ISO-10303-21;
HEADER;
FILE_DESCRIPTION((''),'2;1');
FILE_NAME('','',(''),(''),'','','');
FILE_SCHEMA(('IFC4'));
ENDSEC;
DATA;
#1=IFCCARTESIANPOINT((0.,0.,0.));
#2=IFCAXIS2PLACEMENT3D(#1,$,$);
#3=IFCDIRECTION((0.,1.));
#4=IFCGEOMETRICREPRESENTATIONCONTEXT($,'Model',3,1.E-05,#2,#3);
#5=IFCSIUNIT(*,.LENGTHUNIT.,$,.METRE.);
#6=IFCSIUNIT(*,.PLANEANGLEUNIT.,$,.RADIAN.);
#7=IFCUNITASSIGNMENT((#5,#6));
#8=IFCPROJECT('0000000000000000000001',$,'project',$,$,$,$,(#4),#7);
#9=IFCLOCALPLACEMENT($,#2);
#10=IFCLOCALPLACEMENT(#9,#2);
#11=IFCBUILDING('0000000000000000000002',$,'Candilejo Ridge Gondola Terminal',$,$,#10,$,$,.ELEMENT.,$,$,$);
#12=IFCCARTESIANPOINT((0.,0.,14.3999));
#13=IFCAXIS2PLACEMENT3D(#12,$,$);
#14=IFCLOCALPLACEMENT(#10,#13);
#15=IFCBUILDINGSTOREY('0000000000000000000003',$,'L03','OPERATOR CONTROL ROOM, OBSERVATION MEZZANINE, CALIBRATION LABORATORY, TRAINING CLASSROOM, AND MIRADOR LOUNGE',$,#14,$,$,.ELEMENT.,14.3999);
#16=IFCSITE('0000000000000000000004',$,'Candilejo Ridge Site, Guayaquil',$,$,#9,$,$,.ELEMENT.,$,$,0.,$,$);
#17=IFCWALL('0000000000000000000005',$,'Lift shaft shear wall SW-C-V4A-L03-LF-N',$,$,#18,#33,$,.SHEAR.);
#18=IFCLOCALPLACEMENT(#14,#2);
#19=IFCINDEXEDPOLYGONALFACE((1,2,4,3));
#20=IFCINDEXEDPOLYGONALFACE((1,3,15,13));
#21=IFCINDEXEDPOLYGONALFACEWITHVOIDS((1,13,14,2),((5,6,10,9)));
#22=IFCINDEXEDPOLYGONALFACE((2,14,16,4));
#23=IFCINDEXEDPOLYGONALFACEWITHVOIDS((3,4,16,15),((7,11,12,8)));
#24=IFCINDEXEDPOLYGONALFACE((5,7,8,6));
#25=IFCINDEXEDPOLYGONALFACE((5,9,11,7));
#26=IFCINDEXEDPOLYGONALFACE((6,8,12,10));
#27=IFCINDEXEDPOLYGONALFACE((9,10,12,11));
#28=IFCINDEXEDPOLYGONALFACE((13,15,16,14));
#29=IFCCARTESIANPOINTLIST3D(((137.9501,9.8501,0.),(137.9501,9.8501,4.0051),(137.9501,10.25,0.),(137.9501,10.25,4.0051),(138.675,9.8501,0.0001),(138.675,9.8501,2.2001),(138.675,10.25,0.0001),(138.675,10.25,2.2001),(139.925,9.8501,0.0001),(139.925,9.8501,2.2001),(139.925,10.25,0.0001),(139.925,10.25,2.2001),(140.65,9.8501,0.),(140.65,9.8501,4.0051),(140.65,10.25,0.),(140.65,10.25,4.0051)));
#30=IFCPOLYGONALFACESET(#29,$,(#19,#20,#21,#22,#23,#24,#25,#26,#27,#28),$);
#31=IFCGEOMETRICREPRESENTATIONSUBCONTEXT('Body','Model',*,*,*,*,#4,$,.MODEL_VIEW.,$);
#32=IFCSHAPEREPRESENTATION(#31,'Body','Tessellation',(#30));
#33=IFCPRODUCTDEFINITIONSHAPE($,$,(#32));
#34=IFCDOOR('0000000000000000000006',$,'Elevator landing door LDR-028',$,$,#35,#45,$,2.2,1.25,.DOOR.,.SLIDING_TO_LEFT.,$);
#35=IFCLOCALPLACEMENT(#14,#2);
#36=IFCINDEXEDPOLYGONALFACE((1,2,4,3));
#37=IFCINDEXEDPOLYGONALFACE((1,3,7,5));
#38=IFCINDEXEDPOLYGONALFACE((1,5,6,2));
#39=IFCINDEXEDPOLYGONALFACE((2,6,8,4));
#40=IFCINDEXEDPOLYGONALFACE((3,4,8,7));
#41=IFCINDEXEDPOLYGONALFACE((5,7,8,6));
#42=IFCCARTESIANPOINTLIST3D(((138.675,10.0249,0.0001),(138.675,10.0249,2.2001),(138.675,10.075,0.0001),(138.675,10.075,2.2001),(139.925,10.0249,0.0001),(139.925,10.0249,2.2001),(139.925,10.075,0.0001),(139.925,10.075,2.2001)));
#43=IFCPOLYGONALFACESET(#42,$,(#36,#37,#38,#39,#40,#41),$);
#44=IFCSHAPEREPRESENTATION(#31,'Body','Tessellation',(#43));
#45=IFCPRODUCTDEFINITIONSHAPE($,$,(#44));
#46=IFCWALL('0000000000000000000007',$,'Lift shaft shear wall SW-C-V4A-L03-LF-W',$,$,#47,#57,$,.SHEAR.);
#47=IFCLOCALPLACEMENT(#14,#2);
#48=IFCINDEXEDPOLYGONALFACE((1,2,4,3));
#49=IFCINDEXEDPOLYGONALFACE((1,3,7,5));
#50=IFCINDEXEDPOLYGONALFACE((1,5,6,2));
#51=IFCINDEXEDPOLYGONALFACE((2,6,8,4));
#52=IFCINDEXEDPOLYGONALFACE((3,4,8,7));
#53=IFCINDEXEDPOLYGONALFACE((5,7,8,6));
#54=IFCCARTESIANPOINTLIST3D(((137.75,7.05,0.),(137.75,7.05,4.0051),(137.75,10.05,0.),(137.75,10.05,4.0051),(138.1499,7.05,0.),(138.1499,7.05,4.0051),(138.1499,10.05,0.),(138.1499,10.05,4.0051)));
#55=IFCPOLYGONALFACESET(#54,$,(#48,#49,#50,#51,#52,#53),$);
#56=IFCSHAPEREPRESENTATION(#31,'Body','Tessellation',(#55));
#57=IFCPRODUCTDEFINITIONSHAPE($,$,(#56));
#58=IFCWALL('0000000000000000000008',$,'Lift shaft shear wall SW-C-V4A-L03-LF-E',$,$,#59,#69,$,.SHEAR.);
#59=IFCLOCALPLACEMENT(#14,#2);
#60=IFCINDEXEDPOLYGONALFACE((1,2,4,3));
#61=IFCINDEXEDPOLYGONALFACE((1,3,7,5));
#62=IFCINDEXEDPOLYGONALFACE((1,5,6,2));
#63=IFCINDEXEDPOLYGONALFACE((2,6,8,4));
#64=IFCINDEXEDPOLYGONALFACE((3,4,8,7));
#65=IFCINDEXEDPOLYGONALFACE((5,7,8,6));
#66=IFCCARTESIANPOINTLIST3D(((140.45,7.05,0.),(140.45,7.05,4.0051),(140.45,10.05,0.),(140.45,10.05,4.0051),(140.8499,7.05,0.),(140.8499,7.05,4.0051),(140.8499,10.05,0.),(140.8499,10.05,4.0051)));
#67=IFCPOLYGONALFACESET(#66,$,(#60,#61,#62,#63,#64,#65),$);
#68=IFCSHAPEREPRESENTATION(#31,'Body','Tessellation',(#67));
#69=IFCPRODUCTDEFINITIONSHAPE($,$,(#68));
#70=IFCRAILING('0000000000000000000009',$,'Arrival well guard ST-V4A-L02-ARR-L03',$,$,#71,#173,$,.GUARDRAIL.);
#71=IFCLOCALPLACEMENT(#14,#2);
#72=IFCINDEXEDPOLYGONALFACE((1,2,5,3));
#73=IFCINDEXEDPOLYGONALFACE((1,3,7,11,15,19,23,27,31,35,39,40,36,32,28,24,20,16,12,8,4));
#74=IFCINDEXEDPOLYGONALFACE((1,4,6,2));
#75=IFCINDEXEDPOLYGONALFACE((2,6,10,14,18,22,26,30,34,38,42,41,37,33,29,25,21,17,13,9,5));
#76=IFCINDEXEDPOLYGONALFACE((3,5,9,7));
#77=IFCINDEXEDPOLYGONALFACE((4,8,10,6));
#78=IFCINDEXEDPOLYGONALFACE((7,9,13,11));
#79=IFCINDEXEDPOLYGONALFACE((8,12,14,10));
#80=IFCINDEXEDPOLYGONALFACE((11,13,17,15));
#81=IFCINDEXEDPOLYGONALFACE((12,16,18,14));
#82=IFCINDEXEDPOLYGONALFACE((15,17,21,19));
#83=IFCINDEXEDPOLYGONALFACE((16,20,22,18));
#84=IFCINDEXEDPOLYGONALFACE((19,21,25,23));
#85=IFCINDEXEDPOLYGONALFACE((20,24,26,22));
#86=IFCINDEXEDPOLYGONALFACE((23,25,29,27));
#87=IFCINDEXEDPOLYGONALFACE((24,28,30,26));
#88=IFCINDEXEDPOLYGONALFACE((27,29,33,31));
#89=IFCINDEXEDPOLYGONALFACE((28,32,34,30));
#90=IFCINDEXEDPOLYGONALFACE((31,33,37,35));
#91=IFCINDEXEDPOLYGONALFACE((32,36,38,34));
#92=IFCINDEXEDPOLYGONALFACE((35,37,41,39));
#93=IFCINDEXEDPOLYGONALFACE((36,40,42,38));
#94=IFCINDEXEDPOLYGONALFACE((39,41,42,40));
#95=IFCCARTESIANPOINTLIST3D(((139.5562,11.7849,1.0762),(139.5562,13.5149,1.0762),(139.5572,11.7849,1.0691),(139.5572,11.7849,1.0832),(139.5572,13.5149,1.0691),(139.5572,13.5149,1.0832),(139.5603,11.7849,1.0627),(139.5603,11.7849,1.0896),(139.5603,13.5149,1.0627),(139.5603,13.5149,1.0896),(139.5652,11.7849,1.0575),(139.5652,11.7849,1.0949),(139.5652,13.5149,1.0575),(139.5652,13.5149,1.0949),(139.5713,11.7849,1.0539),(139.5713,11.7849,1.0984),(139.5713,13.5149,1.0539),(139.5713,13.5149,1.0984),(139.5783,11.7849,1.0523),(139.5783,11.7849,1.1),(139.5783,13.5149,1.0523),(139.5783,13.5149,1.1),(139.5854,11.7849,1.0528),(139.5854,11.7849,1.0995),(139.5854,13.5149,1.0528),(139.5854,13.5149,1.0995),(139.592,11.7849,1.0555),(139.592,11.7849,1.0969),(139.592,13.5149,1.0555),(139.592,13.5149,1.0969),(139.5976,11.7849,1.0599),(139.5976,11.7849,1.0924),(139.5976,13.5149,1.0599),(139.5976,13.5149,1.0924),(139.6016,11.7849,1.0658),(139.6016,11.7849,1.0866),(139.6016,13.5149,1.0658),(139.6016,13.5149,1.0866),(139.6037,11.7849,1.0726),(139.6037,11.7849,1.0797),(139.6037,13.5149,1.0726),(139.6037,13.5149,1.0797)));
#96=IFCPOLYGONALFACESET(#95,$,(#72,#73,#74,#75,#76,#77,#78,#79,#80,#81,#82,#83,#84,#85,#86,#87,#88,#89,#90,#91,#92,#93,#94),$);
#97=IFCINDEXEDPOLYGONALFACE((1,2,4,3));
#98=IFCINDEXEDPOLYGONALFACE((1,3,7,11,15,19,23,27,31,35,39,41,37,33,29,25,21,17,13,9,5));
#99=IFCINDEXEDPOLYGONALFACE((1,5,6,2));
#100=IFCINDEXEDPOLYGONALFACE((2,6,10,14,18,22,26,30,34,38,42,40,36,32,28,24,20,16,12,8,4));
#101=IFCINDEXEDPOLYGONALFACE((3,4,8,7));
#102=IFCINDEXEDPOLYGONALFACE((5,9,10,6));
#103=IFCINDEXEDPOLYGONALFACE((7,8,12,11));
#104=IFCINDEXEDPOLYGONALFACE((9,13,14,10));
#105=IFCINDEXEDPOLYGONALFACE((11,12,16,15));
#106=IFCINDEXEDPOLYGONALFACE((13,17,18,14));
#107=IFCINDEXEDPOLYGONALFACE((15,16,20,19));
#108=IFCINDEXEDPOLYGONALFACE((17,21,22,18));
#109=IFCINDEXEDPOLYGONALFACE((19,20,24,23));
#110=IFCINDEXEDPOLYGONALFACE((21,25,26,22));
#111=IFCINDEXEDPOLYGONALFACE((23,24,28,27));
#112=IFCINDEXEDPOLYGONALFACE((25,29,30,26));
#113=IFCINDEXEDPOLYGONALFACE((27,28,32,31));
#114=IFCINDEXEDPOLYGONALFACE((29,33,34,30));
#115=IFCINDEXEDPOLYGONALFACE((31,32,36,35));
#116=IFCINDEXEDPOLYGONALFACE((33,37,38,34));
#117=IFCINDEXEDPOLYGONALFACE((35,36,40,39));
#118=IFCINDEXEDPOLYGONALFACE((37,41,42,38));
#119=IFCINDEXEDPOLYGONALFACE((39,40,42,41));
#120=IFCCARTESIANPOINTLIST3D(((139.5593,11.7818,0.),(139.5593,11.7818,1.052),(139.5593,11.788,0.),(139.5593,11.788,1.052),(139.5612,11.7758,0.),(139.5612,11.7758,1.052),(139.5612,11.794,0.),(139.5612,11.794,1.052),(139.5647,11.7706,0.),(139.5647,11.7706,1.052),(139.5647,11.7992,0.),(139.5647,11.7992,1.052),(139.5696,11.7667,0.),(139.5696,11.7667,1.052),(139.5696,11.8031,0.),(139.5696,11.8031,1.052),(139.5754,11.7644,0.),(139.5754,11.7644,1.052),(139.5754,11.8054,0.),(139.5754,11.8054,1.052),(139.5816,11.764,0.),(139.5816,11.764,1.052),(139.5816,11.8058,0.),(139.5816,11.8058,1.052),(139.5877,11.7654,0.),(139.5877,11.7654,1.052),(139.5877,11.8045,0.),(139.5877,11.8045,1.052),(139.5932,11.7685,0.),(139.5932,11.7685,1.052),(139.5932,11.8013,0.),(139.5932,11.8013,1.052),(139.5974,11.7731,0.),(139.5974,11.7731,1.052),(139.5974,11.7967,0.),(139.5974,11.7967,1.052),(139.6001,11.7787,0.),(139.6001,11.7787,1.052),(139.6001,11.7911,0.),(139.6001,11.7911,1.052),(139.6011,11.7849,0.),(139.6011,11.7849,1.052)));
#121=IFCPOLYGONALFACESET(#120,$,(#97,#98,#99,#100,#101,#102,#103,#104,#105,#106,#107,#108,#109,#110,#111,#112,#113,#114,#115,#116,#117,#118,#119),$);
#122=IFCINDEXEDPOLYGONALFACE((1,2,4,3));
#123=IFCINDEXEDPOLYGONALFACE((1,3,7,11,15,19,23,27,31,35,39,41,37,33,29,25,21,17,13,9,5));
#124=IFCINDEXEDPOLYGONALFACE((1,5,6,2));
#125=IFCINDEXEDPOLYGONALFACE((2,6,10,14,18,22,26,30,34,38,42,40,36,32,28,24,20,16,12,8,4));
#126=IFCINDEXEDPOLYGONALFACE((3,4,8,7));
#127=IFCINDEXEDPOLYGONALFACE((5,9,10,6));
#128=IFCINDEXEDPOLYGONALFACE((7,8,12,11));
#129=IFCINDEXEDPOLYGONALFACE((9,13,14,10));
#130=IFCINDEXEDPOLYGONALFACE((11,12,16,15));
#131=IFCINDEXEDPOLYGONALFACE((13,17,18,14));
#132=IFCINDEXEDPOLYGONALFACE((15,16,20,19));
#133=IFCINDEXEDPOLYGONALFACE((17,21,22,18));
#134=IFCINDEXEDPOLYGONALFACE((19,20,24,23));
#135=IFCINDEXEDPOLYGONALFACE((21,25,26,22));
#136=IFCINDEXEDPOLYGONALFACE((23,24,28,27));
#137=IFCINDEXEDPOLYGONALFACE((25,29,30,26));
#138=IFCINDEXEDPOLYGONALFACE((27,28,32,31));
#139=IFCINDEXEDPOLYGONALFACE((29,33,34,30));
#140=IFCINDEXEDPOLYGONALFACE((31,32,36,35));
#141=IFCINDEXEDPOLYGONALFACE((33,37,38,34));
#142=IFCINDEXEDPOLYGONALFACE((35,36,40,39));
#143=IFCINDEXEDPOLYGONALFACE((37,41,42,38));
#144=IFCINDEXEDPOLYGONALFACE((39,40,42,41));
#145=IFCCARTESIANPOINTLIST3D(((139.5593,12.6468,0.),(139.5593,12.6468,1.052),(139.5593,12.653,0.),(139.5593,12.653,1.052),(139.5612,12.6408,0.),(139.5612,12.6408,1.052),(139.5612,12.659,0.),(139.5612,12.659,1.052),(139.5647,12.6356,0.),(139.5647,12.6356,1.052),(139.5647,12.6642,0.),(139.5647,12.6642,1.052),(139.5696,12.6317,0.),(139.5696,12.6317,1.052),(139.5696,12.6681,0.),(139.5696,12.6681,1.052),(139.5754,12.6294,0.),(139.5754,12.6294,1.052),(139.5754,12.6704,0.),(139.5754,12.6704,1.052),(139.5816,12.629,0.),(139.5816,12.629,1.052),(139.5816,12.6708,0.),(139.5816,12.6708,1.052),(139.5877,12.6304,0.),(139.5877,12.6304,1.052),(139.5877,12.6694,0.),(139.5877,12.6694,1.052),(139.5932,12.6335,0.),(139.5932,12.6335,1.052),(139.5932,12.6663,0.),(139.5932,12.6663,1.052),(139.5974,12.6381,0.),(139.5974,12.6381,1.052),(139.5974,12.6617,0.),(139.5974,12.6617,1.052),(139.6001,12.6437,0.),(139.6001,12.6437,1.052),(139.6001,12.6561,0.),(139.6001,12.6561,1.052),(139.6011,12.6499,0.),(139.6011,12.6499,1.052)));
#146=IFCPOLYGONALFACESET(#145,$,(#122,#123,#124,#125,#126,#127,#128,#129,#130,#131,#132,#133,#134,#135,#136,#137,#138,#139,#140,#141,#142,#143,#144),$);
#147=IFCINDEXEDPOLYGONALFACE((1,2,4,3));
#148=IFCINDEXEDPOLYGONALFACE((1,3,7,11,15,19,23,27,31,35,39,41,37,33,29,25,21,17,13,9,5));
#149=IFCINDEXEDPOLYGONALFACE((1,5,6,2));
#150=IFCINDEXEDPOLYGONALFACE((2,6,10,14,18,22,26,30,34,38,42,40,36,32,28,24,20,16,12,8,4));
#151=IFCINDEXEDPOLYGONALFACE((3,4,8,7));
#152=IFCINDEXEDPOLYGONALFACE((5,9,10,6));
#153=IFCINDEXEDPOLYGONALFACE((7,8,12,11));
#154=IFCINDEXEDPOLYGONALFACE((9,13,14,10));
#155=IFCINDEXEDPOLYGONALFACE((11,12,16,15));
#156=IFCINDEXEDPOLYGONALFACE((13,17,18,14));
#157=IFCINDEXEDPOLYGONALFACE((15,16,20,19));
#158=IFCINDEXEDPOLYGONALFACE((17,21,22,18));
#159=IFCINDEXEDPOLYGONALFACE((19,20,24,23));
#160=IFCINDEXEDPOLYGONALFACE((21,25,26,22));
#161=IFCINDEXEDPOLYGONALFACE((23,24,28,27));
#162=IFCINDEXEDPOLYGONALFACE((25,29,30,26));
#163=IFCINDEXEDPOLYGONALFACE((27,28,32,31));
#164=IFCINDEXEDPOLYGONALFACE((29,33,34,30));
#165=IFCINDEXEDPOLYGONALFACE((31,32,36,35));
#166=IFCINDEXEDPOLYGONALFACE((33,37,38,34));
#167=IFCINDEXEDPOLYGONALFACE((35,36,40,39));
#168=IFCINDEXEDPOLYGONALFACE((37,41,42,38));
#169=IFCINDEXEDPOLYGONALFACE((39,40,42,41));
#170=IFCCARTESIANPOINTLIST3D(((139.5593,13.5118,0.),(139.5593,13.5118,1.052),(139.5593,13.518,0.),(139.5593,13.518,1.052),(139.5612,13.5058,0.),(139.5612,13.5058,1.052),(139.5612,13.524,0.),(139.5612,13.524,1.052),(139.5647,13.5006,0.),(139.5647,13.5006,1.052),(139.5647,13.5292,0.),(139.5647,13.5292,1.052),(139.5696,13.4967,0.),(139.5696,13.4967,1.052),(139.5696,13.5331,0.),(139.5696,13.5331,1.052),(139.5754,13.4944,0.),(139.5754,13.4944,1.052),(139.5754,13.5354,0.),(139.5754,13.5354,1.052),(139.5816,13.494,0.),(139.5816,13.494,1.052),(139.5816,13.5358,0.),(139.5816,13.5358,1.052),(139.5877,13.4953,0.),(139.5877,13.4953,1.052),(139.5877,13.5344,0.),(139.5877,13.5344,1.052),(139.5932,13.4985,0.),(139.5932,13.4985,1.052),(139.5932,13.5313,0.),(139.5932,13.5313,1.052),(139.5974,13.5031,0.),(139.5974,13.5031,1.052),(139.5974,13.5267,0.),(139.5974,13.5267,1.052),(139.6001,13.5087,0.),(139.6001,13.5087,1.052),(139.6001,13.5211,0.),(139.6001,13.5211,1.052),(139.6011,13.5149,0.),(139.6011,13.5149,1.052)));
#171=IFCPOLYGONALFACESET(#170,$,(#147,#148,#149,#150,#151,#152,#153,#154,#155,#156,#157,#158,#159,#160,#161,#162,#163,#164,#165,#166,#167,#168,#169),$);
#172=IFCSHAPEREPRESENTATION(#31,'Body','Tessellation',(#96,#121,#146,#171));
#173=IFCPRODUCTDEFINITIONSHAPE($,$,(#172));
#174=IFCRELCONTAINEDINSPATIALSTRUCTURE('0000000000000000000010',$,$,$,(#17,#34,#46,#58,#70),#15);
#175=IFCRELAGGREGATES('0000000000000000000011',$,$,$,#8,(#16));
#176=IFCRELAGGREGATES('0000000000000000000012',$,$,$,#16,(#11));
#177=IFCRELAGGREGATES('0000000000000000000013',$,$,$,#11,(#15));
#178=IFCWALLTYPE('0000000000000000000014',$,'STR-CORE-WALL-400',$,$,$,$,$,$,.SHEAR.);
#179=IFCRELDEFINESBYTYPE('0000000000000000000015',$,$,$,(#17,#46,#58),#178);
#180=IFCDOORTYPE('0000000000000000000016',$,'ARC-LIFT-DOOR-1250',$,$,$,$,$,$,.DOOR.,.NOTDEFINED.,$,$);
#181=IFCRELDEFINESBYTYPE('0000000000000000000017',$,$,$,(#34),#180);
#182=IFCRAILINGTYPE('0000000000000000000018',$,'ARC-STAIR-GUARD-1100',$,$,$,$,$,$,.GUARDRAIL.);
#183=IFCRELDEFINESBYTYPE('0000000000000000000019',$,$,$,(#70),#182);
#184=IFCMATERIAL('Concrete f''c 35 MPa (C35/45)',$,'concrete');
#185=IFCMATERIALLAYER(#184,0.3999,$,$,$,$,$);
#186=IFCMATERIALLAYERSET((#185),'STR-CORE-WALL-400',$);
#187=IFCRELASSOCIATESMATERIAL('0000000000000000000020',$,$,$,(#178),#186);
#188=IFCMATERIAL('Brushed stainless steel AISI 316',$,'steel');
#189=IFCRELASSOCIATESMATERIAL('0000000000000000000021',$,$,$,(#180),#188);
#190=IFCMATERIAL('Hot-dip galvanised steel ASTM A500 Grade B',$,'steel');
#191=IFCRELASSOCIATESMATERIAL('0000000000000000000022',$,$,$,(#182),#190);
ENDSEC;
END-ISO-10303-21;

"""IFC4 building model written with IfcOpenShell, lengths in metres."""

from ifc_helpers import new_model, si_unit, direction, frame, frame_2d, origin, origin_2d, place, context, subcontext, project, spatial, rectangle, circle, extrude, material, layer, layer_set, type_object, element, fill, save


model = new_model("IFC4")

# Units and contexts
model_context = context("Model", 3, precision=1e-05, world=origin(), true_north=direction((0.0, 1.0)))
body_context = subcontext(model_context, "Body", "Model", "MODEL_VIEW")
ifc_project = project(units=[si_unit("LENGTHUNIT", "METRE"), si_unit("PLANEANGLEUNIT", "RADIAN")], contexts=[model_context])

# Site, building, storey
site_placement = place(None, origin())
site = spatial("IfcSite", under=ifc_project, at=site_placement, Name="Candilejo Ridge Site, Guayaquil", CompositionType="ELEMENT", RefElevation=0.0)
building_placement = place(site_placement, origin())
building = spatial("IfcBuilding", under=site, at=building_placement, Name="Candilejo Ridge Gondola Terminal", CompositionType="ELEMENT")
storey_placement = place(building_placement, frame((0.0, 0.0, 14.3999)))
storey = spatial("IfcBuildingStorey", under=building, at=storey_placement, Name="L03", Description="OPERATOR CONTROL ROOM, OBSERVATION MEZZANINE, CALIBRATION LABORATORY, TRAINING CLASSROOM, AND MIRADOR LOUNGE", CompositionType="ELEMENT", Elevation=14.3999)

# Shared definitions
ifc_material_1 = material(Name="Concrete f'c 35 MPa (C35/45)", Category="concrete")
ifc_layer_1 = layer(ifc_material_1, 0.3999)
ifc_layer_set_1 = layer_set([ifc_layer_1], Name="STR-CORE-WALL-400")
wall_type_1 = type_object("IfcWallType", Name="STR-CORE-WALL-400", PredefinedType="SHEAR", material=ifc_layer_set_1)

# Wall, opening, door
wall_1_placement = place(storey_placement, frame((137.95, 10.05, 0.0), z_axis=(0.0, 0.0, 1.0), x_axis=(1.0, 0.0, 0.0)))
wall_1 = element("IfcWall", 1, at=wall_1_placement, inside=storey, type_object=wall_type_1, Name="Lift shaft shear wall SW-C-V4A-L03-LF-N", PredefinedType="SHEAR", context=body_context, shape_type="SweptSolid", body=[
    extrude(rectangle(XDim=2.7, YDim=0.3999, at=frame_2d((1.3501, 0.0))), origin(), (0.0, 0.0, 1.0), 4.0051),
])
opening_1_placement = place(wall_1_placement, frame((0.7251, 0.0, 0.0)))
opening_1 = element("IfcOpeningElement", 2, at=opening_1_placement, cuts=wall_1, PredefinedType="OPENING", context=body_context, shape_type="SweptSolid", body=[
    extrude(rectangle(XDim=1.25, YDim=2.2, at=frame_2d((0.625, 1.1001))), frame((0.0, 0.21, 0.0), z_axis=(0.0, -1.0, 0.0), x_axis=(1.0, 0.0, 0.0)), (0.0, 0.0, 1.0), 0.4199),
])
ifc_material_2 = material(Name="Brushed stainless steel AISI 316", Category="steel")
door_type_1 = type_object("IfcDoorType", Name="ARC-LIFT-DOOR-1250", OperationType="NOTDEFINED", PredefinedType="DOOR", material=ifc_material_2)
door_1_placement = place(opening_1_placement, origin())
door_1 = element("IfcDoor", 3, at=door_1_placement, inside=storey, type_object=door_type_1, Name="Elevator landing door LDR-028", OperationType="SLIDING_TO_LEFT", OverallHeight=2.2, OverallWidth=1.25, PredefinedType="DOOR", context=body_context, shape_type="SweptSolid", body=[
    extrude(rectangle(XDim=1.25, YDim=2.2, at=frame_2d((0.625, 1.1001))), frame((0.0, 0.0249, 0.0), z_axis=(0.0, -1.0, 0.0), x_axis=(1.0, 0.0, 0.0)), (0.0, 0.0, 1.0), 0.05),
])
fill(opening_1, door_1)

# Walls
for number, where, z_axis, x_axis, name in (
    (4, (137.95, 7.05, 0.0), (0.0, 0.0, 1.0), (0.0, 1.0, 0.0), "Lift shaft shear wall SW-C-V4A-L03-LF-W"),
    (5, (140.6499, 7.05, 0.0), (0.0, 0.0, 1.0), (0.0, 1.0, 0.0), "Lift shaft shear wall SW-C-V4A-L03-LF-E"),
):
    element("IfcWall", number, at=place(storey_placement, frame(where, z_axis=z_axis, x_axis=x_axis)), inside=storey, type_object=wall_type_1, Name=name, PredefinedType="SHEAR", context=body_context, shape_type="SweptSolid", body=[
        extrude(rectangle(XDim=3.0, YDim=0.3999, at=frame_2d((1.5, 0.0))), origin(), (0.0, 0.0, 1.0), 4.0051),
    ])

# Railing
ifc_material_3 = material(Name="Hot-dip galvanised steel ASTM A500 Grade B", Category="steel")
railing_type = type_object("IfcRailingType", Name="ARC-STAIR-GUARD-1100", PredefinedType="GUARDRAIL", material=ifc_material_3)
railing_placement = place(storey_placement, frame((139.5801, 11.7849, 0.0)))
element("IfcRailing", 6, at=railing_placement, inside=storey, type_object=railing_type, Name="Arrival well guard ST-V4A-L02-ARR-L03", PredefinedType="GUARDRAIL", context=body_context, shape_type="SweptSolid", body=[
    extrude(circle(Radius=0.0239, at=origin_2d()), frame((0.0, 0.0, 1.0762), z_axis=(0.0, 1.0, 0.0), x_axis=(-1.0, 0.0, 0.0)), (0.0, 0.0, 1.0), 1.73),
    extrude(circle(Radius=0.021, at=origin_2d()), origin(), (0.0, 0.0, 1.0), 1.052),
    extrude(circle(Radius=0.021, at=origin_2d()), frame((0.0, 0.865, 0.0)), (0.0, 0.0, 1.0), 1.052),
    extrude(circle(Radius=0.021, at=origin_2d()), frame((0.0, 1.73, 0.0)), (0.0, 0.0, 1.0), 1.052),
])

save(model, "model.ifc")
